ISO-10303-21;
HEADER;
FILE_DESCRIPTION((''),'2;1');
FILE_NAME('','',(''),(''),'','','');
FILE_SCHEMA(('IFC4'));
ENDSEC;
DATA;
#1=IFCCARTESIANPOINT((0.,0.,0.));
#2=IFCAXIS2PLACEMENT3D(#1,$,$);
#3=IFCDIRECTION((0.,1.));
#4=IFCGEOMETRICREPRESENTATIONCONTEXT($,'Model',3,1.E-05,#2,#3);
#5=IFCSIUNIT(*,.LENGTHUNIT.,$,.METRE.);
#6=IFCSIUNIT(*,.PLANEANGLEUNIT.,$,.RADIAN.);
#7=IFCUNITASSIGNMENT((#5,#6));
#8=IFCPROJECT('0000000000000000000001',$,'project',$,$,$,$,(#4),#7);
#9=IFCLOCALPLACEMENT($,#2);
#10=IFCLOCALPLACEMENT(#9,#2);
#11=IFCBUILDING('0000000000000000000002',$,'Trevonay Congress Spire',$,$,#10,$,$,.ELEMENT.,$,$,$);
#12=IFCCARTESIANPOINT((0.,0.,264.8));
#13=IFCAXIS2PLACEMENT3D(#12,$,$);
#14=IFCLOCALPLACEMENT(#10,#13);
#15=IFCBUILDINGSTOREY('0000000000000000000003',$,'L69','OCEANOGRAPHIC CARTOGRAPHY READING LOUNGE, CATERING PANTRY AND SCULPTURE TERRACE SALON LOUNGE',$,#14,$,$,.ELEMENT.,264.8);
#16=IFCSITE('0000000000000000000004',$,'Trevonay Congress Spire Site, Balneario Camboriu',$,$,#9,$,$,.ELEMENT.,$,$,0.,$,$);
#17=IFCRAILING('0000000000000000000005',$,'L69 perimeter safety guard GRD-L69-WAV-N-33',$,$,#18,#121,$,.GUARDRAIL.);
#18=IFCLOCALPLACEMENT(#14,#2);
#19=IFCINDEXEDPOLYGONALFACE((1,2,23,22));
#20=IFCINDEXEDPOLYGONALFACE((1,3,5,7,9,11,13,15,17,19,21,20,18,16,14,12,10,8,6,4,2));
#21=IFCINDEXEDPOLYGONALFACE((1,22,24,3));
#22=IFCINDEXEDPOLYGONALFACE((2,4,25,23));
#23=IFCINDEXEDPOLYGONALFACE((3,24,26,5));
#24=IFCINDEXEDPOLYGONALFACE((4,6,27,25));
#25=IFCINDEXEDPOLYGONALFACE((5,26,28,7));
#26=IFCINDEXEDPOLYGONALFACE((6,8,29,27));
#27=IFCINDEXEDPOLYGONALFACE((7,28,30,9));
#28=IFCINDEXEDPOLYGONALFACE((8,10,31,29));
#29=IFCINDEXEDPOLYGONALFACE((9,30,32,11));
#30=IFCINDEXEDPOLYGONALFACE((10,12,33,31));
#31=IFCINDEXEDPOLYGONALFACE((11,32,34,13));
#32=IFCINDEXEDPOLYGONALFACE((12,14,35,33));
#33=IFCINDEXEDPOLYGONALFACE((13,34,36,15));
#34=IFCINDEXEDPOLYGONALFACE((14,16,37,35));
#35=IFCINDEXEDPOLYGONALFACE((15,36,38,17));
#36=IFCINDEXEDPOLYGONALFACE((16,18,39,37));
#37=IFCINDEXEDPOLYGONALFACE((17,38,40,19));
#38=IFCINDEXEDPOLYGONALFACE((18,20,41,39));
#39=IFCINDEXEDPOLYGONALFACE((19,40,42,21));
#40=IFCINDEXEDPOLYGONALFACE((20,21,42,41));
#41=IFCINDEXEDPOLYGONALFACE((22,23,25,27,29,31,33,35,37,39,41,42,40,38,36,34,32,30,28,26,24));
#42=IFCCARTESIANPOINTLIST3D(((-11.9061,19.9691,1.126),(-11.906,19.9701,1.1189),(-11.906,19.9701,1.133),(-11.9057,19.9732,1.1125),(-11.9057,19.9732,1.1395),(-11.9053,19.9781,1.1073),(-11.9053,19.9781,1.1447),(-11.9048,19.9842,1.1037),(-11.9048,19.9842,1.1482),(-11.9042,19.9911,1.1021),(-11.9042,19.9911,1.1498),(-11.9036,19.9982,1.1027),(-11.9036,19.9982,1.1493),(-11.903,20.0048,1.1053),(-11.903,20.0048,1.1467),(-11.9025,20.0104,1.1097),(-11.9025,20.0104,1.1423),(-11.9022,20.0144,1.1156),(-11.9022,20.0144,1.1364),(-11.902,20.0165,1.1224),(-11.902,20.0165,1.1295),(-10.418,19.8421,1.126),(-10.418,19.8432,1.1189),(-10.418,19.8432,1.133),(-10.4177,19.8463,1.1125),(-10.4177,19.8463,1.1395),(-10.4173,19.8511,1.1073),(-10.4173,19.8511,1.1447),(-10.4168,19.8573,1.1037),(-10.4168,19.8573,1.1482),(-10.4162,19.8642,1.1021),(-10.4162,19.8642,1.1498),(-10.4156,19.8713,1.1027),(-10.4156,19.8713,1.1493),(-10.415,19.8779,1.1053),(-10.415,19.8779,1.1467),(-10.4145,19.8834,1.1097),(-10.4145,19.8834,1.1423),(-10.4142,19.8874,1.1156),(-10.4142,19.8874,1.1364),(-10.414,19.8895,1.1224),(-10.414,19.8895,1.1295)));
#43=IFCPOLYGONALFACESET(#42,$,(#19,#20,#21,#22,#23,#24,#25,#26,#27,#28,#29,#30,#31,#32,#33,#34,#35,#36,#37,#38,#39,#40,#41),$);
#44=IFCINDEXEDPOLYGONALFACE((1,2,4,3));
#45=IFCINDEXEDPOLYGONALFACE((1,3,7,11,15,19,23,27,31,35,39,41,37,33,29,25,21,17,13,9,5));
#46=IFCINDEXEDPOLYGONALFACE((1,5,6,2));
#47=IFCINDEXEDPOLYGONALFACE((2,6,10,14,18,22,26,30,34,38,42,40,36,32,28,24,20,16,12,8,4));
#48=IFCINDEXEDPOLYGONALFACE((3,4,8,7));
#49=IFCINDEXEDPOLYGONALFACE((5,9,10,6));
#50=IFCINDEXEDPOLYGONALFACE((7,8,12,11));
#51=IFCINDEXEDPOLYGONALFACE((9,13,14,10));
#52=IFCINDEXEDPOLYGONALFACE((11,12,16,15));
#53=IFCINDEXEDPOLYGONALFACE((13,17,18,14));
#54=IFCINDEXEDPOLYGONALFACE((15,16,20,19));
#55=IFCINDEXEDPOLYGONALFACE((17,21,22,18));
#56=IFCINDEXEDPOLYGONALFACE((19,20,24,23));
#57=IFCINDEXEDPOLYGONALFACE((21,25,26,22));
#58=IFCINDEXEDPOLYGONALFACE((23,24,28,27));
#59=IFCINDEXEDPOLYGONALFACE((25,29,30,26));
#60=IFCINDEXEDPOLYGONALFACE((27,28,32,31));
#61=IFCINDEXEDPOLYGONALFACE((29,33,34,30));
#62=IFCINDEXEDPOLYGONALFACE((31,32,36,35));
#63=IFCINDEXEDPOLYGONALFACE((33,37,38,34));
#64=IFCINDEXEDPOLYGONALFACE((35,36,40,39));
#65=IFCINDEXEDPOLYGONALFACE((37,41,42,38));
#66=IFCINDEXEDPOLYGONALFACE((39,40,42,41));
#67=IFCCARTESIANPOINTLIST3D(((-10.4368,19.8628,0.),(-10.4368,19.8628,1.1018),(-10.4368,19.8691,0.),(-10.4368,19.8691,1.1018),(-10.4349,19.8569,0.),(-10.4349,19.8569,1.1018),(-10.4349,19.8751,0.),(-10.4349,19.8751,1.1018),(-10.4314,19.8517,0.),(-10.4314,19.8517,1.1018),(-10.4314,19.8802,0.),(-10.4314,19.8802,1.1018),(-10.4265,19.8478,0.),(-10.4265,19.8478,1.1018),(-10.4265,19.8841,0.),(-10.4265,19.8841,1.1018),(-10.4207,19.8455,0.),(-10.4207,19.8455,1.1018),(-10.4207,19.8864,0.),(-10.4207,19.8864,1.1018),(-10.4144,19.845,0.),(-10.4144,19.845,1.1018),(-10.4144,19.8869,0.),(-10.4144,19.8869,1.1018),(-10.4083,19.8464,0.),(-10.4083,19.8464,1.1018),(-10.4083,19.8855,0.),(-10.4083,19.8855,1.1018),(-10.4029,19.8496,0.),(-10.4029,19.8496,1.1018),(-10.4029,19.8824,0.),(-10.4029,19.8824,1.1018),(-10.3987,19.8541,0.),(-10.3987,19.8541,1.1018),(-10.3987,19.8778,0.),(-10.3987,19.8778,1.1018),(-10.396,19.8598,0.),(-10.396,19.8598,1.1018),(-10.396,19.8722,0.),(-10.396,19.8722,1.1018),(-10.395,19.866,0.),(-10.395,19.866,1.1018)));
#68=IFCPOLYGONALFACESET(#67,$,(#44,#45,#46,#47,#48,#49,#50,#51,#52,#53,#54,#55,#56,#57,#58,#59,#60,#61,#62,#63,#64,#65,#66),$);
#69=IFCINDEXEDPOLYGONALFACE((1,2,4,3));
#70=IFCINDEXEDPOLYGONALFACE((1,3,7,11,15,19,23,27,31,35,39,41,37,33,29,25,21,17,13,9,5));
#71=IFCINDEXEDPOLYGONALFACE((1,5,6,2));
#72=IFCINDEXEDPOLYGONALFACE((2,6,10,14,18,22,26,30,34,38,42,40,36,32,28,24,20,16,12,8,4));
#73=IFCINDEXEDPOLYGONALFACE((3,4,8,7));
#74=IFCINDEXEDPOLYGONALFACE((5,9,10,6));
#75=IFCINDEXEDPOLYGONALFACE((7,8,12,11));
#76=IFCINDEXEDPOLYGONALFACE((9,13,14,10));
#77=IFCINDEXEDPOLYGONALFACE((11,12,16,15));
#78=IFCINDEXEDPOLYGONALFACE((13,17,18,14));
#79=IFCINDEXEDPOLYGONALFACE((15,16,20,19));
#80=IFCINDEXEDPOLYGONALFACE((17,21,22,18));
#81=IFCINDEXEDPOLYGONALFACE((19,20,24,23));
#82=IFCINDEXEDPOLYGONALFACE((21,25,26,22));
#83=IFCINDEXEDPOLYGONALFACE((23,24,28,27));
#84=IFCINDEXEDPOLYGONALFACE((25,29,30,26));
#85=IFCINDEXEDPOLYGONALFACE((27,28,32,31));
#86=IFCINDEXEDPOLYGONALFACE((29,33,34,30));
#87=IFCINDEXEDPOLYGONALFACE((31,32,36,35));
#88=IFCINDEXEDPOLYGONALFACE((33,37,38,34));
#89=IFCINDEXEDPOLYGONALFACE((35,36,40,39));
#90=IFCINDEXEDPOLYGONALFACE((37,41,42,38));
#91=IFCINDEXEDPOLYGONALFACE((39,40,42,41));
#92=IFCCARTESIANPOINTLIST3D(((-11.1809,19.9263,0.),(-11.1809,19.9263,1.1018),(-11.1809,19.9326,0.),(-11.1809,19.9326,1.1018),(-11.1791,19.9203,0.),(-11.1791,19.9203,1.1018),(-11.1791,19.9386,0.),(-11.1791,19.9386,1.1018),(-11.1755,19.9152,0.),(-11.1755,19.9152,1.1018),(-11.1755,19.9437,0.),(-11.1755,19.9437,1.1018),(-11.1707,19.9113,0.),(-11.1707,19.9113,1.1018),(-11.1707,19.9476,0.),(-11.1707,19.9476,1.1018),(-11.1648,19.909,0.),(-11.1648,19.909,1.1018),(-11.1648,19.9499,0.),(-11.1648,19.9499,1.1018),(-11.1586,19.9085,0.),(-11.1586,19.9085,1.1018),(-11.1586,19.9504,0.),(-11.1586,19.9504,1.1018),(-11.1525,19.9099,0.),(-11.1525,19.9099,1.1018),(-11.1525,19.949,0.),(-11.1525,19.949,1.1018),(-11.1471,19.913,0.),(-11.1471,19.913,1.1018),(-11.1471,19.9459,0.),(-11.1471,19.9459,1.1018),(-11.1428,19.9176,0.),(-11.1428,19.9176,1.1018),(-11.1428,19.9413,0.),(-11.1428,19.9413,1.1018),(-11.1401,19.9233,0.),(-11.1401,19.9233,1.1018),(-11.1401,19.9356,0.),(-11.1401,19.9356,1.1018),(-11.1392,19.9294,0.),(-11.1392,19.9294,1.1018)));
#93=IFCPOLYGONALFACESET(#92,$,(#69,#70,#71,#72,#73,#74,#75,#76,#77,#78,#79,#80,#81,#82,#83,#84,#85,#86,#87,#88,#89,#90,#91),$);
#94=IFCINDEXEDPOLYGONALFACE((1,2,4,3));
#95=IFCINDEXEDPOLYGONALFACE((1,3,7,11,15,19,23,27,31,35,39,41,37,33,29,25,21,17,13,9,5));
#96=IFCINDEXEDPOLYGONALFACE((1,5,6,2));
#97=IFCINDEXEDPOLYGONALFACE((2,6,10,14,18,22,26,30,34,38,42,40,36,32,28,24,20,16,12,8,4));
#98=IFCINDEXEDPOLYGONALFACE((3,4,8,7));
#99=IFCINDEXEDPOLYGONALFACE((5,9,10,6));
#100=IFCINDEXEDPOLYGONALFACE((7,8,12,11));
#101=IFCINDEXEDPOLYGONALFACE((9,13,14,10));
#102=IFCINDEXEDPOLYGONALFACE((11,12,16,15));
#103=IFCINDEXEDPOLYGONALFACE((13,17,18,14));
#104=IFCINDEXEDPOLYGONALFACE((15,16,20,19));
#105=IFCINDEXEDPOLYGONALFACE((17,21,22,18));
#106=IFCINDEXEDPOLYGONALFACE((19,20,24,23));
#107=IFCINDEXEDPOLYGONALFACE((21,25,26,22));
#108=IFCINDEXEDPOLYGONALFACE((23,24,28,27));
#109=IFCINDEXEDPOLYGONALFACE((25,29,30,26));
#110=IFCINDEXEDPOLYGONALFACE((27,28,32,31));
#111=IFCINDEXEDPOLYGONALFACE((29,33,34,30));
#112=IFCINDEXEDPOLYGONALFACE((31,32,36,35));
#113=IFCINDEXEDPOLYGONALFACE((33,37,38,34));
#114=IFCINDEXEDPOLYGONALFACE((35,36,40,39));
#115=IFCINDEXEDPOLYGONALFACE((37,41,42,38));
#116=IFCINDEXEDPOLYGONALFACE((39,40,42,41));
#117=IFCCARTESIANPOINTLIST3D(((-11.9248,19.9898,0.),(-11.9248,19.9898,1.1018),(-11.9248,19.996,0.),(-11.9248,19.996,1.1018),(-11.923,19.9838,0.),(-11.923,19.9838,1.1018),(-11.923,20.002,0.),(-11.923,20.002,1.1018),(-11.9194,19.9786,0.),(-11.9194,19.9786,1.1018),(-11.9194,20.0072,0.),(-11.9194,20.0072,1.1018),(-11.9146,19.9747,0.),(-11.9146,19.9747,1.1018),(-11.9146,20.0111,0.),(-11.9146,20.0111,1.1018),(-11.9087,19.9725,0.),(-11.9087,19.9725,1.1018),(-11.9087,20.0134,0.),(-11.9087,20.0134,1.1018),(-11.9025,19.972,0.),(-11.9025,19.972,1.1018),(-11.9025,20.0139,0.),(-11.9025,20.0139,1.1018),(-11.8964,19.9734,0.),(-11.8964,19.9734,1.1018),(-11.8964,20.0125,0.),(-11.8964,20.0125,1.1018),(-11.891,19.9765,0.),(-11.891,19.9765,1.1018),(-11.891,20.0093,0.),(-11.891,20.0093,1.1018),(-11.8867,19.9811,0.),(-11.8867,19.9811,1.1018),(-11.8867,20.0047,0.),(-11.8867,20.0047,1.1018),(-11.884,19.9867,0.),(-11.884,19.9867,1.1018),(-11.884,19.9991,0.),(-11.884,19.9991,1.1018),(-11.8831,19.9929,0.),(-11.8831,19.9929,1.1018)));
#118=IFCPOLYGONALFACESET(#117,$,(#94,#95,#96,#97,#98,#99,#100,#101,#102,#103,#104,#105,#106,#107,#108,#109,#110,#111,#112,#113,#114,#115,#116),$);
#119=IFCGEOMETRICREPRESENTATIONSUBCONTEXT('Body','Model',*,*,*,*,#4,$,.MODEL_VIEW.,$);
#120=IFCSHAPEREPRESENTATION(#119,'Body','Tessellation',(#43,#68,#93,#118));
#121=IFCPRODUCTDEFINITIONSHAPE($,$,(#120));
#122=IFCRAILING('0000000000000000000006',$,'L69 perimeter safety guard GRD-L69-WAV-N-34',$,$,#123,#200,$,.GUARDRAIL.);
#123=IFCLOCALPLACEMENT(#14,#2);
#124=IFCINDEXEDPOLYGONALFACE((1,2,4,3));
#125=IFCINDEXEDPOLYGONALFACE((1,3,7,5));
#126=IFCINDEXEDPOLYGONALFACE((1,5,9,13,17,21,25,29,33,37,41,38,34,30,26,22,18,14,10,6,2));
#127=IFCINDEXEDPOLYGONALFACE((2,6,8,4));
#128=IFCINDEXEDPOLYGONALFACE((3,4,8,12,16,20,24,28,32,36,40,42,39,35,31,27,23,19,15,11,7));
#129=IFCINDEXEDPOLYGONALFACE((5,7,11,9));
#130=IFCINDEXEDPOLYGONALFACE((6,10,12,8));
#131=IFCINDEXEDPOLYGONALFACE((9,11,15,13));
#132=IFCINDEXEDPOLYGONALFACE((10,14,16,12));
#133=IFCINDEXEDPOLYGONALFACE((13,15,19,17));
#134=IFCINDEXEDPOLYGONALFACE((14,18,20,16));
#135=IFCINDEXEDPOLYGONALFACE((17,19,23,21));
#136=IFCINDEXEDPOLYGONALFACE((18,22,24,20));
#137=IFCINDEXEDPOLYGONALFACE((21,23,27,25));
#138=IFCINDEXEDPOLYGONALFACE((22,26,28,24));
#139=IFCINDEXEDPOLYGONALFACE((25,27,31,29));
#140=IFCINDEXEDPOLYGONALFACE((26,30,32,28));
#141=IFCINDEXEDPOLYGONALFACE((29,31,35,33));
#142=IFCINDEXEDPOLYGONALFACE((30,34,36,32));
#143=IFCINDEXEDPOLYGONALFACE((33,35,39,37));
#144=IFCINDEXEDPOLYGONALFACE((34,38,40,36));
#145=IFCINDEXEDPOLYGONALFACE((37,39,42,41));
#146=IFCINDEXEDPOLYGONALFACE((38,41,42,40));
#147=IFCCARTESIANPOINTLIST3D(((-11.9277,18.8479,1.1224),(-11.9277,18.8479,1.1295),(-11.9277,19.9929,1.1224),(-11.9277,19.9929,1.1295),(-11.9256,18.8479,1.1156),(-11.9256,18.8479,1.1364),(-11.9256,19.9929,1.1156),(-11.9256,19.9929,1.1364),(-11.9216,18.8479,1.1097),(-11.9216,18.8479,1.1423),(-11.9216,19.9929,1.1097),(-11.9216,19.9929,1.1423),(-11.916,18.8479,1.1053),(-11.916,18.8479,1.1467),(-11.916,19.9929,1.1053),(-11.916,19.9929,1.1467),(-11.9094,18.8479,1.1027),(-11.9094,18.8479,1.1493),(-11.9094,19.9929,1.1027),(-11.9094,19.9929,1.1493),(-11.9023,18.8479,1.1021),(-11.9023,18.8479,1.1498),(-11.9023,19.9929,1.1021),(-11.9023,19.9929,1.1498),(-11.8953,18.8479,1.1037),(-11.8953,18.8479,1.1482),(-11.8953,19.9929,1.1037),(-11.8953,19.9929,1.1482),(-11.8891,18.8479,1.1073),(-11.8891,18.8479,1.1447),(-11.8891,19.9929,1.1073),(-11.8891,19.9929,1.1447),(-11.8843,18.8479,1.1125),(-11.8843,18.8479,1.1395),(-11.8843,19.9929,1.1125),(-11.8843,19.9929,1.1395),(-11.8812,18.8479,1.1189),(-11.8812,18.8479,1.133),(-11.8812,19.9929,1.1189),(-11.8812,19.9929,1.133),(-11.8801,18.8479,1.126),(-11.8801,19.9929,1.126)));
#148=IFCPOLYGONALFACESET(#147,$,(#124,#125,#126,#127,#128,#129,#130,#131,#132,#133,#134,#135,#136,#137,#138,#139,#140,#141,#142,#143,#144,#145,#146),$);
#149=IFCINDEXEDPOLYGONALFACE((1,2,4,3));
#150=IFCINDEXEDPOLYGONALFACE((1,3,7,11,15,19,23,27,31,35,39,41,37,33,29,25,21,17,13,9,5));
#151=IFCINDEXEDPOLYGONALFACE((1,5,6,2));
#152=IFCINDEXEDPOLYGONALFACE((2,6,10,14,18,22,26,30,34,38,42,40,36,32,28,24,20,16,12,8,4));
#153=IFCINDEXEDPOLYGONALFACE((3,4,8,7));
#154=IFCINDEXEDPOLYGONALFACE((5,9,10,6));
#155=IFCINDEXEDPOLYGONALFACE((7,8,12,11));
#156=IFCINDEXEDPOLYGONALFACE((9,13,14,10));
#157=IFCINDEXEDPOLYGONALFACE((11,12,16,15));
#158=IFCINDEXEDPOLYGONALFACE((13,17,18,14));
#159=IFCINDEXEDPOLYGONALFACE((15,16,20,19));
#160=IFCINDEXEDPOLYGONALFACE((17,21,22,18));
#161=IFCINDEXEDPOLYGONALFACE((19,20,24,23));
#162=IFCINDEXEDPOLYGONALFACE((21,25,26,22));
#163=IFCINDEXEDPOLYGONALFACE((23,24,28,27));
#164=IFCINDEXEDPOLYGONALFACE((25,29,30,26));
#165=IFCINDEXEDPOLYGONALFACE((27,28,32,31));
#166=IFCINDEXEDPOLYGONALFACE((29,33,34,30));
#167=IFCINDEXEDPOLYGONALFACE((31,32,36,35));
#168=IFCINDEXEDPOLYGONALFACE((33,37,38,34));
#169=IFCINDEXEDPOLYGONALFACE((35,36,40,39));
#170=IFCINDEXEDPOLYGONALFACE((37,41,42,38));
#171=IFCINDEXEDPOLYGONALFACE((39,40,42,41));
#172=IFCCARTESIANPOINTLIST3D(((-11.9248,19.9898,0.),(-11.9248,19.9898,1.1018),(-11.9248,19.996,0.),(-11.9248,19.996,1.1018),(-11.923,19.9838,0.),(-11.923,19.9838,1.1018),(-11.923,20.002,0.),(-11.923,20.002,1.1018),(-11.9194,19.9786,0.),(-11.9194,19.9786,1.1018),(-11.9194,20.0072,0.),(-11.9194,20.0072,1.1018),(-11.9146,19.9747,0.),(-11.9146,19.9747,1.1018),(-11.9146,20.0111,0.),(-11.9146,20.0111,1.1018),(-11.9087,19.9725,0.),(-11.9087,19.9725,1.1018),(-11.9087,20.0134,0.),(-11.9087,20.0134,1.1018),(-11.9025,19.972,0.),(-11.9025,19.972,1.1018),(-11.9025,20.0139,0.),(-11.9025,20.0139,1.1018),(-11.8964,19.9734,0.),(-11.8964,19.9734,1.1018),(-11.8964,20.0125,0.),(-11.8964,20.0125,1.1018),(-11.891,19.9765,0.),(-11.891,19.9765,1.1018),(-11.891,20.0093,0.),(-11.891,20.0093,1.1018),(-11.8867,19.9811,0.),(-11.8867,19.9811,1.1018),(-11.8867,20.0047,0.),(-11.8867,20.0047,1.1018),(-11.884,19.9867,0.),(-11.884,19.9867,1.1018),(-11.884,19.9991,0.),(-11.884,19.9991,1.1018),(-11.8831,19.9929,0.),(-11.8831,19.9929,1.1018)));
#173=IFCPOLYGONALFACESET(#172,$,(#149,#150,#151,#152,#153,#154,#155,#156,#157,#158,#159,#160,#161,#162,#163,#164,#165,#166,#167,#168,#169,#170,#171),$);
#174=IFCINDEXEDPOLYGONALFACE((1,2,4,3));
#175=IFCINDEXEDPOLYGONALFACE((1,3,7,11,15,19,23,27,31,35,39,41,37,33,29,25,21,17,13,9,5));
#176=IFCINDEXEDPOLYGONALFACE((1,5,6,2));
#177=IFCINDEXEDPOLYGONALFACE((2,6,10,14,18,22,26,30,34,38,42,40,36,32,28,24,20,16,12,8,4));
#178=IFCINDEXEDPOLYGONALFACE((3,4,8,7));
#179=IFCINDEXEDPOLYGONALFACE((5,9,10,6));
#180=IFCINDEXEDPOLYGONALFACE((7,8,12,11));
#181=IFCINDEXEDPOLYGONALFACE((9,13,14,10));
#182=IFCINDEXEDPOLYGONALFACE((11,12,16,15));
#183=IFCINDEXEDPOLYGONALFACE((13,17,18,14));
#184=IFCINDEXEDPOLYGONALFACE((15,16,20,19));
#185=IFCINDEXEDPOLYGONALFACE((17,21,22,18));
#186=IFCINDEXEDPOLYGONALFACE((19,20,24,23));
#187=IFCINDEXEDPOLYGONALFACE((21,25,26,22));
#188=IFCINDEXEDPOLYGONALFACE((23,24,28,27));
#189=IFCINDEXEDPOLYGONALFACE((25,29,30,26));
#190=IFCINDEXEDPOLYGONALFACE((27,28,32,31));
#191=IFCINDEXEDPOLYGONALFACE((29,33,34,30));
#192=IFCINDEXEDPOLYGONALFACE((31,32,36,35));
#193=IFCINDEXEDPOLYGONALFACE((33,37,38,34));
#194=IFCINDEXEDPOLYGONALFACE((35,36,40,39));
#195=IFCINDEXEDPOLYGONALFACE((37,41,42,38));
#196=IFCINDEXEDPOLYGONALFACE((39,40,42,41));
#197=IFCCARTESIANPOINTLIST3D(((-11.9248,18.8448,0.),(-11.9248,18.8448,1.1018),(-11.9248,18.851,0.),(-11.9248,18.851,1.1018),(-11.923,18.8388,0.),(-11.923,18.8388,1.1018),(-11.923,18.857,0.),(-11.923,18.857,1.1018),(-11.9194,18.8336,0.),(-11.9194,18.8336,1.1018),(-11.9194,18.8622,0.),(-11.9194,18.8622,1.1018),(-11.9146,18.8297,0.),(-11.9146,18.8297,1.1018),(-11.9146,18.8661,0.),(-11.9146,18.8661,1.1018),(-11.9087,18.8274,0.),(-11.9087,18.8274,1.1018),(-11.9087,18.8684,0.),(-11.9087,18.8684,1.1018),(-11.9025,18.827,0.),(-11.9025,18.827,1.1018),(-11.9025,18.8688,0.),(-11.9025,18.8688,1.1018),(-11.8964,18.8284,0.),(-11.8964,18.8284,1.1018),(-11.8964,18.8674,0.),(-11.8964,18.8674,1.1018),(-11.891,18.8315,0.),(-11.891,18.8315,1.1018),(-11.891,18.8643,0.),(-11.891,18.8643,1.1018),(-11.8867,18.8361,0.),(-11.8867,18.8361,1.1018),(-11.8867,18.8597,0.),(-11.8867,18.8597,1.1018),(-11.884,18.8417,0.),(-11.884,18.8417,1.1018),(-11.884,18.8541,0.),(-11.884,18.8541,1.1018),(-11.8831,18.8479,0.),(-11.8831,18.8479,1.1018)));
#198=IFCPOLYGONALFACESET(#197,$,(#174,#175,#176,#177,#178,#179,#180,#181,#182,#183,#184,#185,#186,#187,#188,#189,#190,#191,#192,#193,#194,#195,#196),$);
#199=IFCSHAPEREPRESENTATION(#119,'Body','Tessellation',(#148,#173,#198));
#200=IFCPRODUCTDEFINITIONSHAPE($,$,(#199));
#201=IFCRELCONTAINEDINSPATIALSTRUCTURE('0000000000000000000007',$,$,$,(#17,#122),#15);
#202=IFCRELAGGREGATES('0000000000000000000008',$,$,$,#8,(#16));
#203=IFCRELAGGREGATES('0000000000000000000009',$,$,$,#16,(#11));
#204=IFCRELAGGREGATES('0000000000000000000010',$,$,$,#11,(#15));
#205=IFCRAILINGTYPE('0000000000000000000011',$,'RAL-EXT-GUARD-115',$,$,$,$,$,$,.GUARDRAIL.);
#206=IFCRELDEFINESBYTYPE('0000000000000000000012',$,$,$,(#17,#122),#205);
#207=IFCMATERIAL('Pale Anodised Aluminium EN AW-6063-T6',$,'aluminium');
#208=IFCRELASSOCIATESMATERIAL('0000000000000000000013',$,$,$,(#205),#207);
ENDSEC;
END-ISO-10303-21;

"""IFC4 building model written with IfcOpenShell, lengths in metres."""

from ifc_helpers import new_model, si_unit, direction, frame, origin, origin_2d, place, context, subcontext, project, spatial, circle, extrude, material, type_object, element, save


model = new_model("IFC4")

# Units and contexts
model_context = context("Model", 3, precision=1e-05, world=origin(), true_north=direction((0.0, 1.0)))
body_context = subcontext(model_context, "Body", "Model", "MODEL_VIEW")
ifc_project = project(units=[si_unit("LENGTHUNIT", "METRE"), si_unit("PLANEANGLEUNIT", "RADIAN")], contexts=[model_context])

# Site, building, storey
site_placement = place(None, origin())
site = spatial("IfcSite", under=ifc_project, at=site_placement, Name="Trevonay Congress Spire Site, Balneario Camboriu", CompositionType="ELEMENT", RefElevation=0.0)
building_placement = place(site_placement, origin())
building = spatial("IfcBuilding", under=site, at=building_placement, Name="Trevonay Congress Spire", CompositionType="ELEMENT")
storey_placement = place(building_placement, frame((0.0, 0.0, 264.8)))
storey = spatial("IfcBuildingStorey", under=building, at=storey_placement, Name="L69", Description="OCEANOGRAPHIC CARTOGRAPHY READING LOUNGE, CATERING PANTRY AND SCULPTURE TERRACE SALON LOUNGE", CompositionType="ELEMENT", Elevation=264.8)

# Shared definitions
ifc_material_1 = material(Name="Pale Anodised Aluminium EN AW-6063-T6", Category="aluminium")

# Railings
railing_type = type_object("IfcRailingType", Name="RAL-EXT-GUARD-115", PredefinedType="GUARDRAIL", material=ifc_material_1)
railing_1_placement = place(storey_placement, frame((-10.416, 19.866, 0.0)))
element("IfcRailing", 1, at=railing_1_placement, inside=storey, type_object=railing_type, Name="L69 perimeter safety guard GRD-L69-WAV-N-33", PredefinedType="GUARDRAIL", context=body_context, shape_type="SweptSolid", body=[
    extrude(circle(Radius=0.0239, at=origin_2d()), frame((0.0, 0.0, 1.126), z_axis=(-0.99638, 0.085007, 0.0), x_axis=(-0.085007, -0.99638, 0.0)), (0.0, 0.0, 1.0), 1.4934),
    extrude(circle(Radius=0.021, at=origin_2d()), origin(), (0.0, 0.0, 1.0), 1.1018),
    extrude(circle(Radius=0.021, at=origin_2d()), frame((-0.7441, 0.0635, 0.0)), (0.0, 0.0, 1.0), 1.1018),
    extrude(circle(Radius=0.021, at=origin_2d()), frame((-1.488, 0.127, 0.0)), (0.0, 0.0, 1.0), 1.1018),
])
railing_2_placement = place(storey_placement, frame((-11.9041, 19.9929, 0.0)))
element("IfcRailing", 2, at=railing_2_placement, inside=storey, type_object=railing_type, Name="L69 perimeter safety guard GRD-L69-WAV-N-34", PredefinedType="GUARDRAIL", context=body_context, shape_type="SweptSolid", body=[
    extrude(circle(Radius=0.0239, at=origin_2d()), frame((0.0, 0.0, 1.126), z_axis=(0.0, -1.0, 0.0), x_axis=(1.0, 0.0, 0.0)), (0.0, 0.0, 1.0), 1.145),
    extrude(circle(Radius=0.021, at=origin_2d()), origin(), (0.0, 0.0, 1.0), 1.1018),
    extrude(circle(Radius=0.021, at=origin_2d()), frame((0.0, -1.145, 0.0)), (0.0, 0.0, 1.0), 1.1018),
])

save(model, "model.ifc")
